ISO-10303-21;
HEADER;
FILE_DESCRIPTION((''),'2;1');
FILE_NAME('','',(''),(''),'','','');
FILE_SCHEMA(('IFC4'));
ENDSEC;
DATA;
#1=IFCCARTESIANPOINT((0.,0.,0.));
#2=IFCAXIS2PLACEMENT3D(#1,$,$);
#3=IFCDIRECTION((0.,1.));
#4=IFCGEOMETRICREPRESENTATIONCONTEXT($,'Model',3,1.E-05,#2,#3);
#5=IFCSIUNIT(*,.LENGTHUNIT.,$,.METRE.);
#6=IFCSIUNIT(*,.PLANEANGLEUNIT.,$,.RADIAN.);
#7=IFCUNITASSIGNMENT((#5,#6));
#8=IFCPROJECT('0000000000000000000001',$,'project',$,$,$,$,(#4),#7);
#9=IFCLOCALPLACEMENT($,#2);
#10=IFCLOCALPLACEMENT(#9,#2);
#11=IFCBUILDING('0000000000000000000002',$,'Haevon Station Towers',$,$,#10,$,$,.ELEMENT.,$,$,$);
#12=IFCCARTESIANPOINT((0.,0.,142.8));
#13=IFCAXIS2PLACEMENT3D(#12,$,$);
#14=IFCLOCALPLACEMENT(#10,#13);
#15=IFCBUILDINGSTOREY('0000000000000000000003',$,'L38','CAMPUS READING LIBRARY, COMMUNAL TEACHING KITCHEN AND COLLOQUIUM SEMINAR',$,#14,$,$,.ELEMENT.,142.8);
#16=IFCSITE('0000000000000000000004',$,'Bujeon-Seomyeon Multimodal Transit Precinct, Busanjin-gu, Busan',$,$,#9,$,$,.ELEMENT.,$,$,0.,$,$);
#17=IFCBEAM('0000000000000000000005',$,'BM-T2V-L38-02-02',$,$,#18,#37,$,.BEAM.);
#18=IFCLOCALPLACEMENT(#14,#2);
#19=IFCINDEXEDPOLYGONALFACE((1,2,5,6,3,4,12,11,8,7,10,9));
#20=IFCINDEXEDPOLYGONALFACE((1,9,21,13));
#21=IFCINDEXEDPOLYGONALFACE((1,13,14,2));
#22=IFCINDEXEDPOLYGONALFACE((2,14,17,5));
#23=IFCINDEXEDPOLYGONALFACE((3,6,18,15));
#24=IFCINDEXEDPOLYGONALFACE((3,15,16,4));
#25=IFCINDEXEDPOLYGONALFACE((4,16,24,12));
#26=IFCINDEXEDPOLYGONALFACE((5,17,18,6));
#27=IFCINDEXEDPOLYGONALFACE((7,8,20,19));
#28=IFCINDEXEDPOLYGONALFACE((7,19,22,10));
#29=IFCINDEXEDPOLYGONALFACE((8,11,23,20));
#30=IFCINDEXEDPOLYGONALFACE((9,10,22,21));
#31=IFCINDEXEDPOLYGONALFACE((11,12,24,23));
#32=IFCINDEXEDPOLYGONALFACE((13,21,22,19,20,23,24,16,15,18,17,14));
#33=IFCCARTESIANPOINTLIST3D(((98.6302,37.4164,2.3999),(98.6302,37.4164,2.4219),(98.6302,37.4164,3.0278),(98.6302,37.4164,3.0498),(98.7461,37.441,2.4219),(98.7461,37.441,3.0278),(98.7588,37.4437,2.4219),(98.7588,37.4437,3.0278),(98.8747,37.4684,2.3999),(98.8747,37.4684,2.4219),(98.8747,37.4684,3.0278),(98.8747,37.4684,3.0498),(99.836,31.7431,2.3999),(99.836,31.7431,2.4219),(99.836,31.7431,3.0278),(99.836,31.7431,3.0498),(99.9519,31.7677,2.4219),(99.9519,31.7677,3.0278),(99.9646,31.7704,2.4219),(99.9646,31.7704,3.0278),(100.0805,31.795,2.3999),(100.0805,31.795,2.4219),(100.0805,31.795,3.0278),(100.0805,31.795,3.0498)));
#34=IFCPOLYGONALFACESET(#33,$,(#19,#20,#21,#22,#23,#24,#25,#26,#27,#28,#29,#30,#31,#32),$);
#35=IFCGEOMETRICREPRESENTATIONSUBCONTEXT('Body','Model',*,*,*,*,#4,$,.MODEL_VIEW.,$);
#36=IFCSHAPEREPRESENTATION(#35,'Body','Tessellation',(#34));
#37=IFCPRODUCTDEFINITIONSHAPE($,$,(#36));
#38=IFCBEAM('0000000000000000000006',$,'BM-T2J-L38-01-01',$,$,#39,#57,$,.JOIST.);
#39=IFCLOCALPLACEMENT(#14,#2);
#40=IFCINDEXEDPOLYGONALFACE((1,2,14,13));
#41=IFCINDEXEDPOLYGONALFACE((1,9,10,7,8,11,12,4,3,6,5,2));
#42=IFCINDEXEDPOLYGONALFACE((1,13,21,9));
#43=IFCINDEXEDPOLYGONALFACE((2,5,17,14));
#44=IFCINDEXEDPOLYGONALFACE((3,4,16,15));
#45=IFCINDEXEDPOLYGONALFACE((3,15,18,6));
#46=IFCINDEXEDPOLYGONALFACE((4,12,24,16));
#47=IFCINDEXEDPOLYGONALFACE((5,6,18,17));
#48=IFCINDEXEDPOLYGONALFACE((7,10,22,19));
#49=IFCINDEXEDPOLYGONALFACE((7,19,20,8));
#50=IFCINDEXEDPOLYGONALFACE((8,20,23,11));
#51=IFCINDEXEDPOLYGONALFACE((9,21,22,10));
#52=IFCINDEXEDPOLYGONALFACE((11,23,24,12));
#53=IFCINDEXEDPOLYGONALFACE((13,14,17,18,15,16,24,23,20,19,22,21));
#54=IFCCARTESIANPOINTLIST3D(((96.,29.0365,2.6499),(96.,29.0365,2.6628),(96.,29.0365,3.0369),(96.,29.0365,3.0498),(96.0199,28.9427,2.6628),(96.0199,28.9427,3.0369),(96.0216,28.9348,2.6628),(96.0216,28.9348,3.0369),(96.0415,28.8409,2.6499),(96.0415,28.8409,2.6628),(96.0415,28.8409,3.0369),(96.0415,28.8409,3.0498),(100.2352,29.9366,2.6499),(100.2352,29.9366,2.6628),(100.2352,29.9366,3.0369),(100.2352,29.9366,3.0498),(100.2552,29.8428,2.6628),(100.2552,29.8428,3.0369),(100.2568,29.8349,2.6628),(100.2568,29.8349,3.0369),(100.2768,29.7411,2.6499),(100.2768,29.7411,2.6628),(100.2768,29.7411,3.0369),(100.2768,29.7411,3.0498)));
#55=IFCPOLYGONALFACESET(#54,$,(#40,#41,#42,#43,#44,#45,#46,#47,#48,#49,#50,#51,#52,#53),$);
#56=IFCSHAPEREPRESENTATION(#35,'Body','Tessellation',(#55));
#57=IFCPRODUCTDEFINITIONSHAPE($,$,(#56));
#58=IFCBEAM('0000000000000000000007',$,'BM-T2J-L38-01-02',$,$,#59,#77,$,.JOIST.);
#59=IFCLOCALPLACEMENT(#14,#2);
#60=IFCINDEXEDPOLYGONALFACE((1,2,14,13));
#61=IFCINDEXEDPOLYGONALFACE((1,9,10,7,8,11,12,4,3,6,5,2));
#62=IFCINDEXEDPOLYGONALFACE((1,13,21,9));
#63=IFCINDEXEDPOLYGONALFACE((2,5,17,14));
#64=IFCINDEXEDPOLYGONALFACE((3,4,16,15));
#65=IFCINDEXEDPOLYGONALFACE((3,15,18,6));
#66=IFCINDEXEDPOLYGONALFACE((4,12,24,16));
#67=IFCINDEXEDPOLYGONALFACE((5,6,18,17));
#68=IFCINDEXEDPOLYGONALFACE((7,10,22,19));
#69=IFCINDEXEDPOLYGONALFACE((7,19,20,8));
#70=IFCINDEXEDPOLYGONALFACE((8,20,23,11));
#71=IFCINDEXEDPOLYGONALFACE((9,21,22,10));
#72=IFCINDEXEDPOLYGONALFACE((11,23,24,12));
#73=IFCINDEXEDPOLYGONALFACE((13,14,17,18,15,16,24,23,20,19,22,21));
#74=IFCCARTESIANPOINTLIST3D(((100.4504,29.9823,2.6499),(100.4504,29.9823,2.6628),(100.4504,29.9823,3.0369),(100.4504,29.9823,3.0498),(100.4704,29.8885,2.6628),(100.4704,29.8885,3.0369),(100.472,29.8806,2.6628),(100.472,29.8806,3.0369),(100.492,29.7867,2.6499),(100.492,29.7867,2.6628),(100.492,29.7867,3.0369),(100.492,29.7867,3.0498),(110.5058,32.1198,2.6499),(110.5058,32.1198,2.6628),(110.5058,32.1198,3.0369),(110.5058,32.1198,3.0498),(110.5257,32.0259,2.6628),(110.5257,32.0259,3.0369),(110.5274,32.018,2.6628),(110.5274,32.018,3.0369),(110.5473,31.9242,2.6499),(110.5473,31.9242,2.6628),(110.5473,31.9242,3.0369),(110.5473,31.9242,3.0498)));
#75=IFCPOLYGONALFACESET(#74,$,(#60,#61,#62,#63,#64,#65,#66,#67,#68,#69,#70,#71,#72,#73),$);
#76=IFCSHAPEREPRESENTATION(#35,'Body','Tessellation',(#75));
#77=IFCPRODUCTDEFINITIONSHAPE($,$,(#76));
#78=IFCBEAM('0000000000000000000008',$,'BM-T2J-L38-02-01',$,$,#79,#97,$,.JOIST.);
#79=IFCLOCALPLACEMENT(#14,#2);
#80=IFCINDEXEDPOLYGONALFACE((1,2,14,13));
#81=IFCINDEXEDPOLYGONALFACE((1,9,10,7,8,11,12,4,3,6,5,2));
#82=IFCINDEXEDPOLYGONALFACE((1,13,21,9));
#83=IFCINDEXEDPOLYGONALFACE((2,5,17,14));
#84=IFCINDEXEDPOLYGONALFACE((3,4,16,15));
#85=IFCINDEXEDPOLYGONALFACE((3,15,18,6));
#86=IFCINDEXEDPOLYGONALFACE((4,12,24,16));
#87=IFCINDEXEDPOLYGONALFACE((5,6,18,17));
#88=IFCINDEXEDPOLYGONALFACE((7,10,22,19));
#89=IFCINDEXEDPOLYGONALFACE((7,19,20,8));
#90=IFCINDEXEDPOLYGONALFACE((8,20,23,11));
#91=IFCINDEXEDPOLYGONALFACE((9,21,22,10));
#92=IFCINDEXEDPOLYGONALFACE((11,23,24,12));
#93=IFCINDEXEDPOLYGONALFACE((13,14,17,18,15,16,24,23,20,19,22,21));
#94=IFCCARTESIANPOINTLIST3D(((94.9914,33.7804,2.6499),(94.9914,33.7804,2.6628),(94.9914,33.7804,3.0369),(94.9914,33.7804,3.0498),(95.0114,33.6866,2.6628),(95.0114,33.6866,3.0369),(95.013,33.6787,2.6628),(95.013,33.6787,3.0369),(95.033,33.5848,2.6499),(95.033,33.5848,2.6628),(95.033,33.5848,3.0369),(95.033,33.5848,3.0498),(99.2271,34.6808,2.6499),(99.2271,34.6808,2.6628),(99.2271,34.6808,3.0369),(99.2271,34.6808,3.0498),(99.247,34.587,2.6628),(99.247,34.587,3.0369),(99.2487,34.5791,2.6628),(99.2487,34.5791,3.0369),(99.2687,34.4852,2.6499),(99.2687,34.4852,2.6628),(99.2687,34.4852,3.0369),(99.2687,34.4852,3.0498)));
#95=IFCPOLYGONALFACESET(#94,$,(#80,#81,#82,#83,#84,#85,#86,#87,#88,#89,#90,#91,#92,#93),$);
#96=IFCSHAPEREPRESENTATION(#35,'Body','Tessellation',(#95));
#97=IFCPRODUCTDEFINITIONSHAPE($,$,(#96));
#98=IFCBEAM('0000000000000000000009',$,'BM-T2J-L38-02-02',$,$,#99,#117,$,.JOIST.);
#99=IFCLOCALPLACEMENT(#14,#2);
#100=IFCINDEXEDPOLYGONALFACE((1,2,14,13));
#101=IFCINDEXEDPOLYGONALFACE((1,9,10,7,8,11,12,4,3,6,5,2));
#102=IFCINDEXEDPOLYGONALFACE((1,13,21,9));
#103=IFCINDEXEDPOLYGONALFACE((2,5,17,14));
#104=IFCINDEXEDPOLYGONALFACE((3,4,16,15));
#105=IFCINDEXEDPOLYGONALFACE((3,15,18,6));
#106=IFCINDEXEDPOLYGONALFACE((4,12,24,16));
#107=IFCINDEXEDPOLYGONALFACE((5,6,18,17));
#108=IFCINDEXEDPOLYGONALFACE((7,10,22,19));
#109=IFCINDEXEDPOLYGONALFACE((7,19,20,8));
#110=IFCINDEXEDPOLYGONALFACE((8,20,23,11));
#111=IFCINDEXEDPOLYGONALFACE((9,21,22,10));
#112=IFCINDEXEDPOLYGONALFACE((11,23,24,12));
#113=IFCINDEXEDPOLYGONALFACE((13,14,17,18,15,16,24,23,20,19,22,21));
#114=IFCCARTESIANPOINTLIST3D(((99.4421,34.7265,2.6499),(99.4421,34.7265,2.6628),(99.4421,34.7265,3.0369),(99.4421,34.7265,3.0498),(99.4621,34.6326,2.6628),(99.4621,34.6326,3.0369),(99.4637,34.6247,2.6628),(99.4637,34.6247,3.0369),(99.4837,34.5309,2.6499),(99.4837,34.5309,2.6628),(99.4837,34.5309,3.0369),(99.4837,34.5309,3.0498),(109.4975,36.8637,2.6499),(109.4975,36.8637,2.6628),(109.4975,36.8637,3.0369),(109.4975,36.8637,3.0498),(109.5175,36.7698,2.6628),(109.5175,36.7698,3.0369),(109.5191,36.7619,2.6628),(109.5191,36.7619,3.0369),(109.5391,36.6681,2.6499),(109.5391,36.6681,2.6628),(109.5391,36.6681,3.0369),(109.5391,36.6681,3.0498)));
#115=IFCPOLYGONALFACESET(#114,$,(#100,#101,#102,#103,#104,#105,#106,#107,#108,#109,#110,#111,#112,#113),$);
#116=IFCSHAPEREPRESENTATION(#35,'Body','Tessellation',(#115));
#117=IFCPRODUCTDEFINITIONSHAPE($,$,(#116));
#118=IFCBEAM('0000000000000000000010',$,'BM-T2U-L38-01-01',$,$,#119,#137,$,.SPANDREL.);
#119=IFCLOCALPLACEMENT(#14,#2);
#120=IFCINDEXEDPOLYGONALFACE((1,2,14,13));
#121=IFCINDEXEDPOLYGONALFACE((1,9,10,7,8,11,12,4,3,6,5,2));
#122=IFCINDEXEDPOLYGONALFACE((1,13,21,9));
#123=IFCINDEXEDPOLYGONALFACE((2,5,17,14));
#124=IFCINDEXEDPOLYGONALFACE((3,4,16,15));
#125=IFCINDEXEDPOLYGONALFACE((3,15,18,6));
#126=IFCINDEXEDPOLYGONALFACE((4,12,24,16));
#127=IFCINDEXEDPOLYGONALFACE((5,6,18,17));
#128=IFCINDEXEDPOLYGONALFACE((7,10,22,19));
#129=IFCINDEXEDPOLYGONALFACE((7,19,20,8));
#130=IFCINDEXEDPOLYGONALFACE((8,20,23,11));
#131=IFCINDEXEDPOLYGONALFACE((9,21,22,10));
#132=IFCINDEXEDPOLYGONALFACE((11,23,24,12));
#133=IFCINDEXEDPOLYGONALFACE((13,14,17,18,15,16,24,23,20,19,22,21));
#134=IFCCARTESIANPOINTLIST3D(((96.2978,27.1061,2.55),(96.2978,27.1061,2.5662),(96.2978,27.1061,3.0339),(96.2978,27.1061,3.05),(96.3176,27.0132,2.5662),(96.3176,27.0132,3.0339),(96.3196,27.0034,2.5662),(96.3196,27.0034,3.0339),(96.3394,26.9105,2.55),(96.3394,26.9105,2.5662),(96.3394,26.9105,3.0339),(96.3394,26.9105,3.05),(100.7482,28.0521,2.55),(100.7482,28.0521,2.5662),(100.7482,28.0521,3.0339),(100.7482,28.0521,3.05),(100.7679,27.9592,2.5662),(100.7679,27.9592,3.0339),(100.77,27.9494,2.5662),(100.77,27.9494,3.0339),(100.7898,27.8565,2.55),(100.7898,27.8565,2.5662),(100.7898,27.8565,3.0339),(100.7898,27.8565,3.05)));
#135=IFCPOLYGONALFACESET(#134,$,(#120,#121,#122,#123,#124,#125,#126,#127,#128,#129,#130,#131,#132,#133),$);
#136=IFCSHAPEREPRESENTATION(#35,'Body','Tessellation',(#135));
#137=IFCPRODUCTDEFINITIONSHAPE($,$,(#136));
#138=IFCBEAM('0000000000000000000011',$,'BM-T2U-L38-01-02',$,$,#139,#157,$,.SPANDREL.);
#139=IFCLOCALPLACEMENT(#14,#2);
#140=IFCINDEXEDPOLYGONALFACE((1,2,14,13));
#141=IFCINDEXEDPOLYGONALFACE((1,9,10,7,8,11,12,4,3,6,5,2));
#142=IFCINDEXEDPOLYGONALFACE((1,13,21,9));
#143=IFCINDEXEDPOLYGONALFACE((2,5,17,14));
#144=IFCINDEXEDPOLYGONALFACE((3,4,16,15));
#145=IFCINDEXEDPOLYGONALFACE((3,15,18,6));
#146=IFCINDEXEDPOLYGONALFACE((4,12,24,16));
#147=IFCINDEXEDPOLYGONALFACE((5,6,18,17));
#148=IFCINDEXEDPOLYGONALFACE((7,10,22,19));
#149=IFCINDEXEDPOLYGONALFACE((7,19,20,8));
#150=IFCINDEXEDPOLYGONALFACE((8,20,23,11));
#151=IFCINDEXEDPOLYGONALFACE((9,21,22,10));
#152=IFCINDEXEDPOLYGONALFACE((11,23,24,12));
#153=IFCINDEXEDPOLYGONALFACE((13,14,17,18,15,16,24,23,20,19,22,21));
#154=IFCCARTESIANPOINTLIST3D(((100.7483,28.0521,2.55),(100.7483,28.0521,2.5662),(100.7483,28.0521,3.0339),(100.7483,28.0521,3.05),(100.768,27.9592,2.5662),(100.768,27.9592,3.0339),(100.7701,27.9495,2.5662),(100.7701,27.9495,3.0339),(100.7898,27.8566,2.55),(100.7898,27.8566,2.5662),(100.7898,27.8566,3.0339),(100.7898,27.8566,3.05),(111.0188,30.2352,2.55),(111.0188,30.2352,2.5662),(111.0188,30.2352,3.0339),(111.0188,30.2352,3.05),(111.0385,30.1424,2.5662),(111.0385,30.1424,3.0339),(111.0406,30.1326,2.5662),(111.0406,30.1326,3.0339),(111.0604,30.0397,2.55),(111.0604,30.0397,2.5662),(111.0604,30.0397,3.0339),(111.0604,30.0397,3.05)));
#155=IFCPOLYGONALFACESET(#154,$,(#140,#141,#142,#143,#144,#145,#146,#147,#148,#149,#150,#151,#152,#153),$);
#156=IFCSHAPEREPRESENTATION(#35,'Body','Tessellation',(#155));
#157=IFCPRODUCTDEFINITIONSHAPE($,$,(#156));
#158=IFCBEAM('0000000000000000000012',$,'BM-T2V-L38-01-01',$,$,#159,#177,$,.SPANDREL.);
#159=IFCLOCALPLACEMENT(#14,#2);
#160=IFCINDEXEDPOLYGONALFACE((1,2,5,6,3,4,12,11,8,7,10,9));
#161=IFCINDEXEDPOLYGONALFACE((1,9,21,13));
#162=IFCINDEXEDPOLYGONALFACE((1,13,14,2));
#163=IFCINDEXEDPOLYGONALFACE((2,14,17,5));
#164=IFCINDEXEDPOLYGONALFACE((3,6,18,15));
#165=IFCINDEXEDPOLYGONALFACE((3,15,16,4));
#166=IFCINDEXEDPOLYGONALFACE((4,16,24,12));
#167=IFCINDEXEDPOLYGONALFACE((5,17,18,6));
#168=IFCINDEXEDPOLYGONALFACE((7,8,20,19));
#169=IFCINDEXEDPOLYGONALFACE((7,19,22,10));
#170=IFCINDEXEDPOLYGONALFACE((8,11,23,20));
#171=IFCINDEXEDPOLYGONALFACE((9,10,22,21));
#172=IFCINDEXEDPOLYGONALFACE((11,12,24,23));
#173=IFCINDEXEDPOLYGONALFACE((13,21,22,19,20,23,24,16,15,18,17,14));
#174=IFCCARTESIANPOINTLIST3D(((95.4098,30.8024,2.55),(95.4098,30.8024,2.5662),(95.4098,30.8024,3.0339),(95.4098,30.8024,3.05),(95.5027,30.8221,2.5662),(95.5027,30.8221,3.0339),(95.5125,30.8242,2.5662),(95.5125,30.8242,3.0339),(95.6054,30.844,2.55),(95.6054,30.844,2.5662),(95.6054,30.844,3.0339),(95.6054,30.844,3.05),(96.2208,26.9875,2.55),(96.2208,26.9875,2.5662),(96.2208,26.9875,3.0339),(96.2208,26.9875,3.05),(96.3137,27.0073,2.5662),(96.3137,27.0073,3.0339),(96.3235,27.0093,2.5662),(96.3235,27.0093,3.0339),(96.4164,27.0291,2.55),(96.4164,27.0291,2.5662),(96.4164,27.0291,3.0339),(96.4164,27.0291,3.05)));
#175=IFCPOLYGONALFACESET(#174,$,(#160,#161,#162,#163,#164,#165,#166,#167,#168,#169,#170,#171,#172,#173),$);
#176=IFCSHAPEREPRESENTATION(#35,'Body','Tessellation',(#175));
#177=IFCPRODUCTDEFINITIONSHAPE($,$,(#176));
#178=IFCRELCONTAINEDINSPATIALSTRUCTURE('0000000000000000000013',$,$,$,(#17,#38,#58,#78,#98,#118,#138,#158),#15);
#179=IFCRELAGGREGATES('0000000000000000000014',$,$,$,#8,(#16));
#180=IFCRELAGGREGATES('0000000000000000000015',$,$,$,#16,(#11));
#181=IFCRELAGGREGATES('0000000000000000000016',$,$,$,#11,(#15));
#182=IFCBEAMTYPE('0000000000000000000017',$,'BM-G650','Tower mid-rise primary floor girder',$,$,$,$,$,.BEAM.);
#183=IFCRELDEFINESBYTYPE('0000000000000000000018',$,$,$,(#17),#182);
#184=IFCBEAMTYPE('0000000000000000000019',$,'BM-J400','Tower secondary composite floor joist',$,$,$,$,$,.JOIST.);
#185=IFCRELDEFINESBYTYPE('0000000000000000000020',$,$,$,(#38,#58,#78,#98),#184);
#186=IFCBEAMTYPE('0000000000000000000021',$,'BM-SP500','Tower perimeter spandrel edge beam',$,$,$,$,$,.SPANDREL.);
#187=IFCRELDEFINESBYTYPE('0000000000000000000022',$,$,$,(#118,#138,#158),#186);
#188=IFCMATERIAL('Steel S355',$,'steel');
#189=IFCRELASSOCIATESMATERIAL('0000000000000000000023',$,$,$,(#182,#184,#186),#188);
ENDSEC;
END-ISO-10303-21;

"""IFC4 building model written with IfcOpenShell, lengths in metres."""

from ifc_helpers import new_model, si_unit, direction, frame, origin, origin_2d, place, context, subcontext, project, spatial, i_section, extrude, material, material_profile, profile_set, type_object, element, save


model = new_model("IFC4")

# Units and contexts
model_context = context("Model", 3, precision=1e-05, world=origin(), true_north=direction((0.0, 1.0)))
body_context = subcontext(model_context, "Body", "Model", "MODEL_VIEW")
ifc_project = project(units=[si_unit("LENGTHUNIT", "METRE"), si_unit("PLANEANGLEUNIT", "RADIAN")], contexts=[model_context])

# Site, building, storey
site_placement = place(None, origin())
site = spatial("IfcSite", under=ifc_project, at=site_placement, Name="Bujeon-Seomyeon Multimodal Transit Precinct, Busanjin-gu, Busan", CompositionType="ELEMENT", RefElevation=0.0)
building_placement = place(site_placement, origin())
building = spatial("IfcBuilding", under=site, at=building_placement, Name="Haevon Station Towers", CompositionType="ELEMENT")
storey_placement = place(building_placement, frame((0.0, 0.0, 142.8)))
storey = spatial("IfcBuildingStorey", under=building, at=storey_placement, Name="L38", Description="CAMPUS READING LIBRARY, COMMUNAL TEACHING KITCHEN AND COLLOQUIUM SEMINAR", CompositionType="ELEMENT", Elevation=142.8)

# Shared definitions
ifc_material_1 = material(Name="Steel S355", Category="steel")

# Beams
ifc_material_profile_1 = material_profile(ifc_material_1, i_section(OverallWidth=0.25, OverallDepth=0.6499, WebThickness=0.0129, FlangeThickness=0.022, at=origin_2d()), Name="H-650x250x13x22")
ifc_profile_set_1 = profile_set([ifc_material_profile_1], Name="Steel S355")
beam_type_1 = type_object("IfcBeamType", Name="BM-G650", Description="Tower mid-rise primary floor girder", PredefinedType="BEAM", material=ifc_profile_set_1)
beam_1_placement = place(storey_placement, frame((99.9583, 31.769, 2.7249), z_axis=(-0.207896, 0.978151, 0.0), x_axis=(-0.978151, -0.207896, 0.0)))
element("IfcBeam", 1, at=beam_1_placement, inside=storey, type_object=beam_type_1, Name="BM-T2V-L38-02-02", PredefinedType="BEAM", context=body_context, shape_type="SweptSolid", body=[
    extrude(i_section(OverallWidth=0.25, OverallDepth=0.6499, WebThickness=0.0129, FlangeThickness=0.022, at=origin_2d()), origin(), (0.0, 0.0, 1.0), 5.8),
])
ifc_material_profile_2 = material_profile(ifc_material_1, i_section(OverallWidth=0.2, OverallDepth=0.3999, WebThickness=0.0081, FlangeThickness=0.0129, at=origin_2d()), Name="H-400x200x8x13")
ifc_profile_set_2 = profile_set([ifc_material_profile_2], Name="Steel S355")
beam_type_2 = type_object("IfcBeamType", Name="BM-J400", Description="Tower secondary composite floor joist", PredefinedType="JOIST", material=ifc_profile_set_2)
beam_2_placement = place(storey_placement, frame((96.0208, 28.9387, 2.8499), z_axis=(0.978153, 0.207888, 0.0), x_axis=(-0.207888, 0.978153, 0.0)))
element("IfcBeam", 2, at=beam_2_placement, inside=storey, type_object=beam_type_2, Name="BM-T2J-L38-01-01", PredefinedType="JOIST", context=body_context, shape_type="SweptSolid", body=[
    extrude(i_section(OverallWidth=0.2, OverallDepth=0.3999, WebThickness=0.0081, FlangeThickness=0.0129, at=origin_2d()), origin(), (0.0, 0.0, 1.0), 4.3298),
])
beam_3_placement = place(storey_placement, frame((100.4712, 29.8845, 2.8499), z_axis=(0.978146, 0.207922, 0.0), x_axis=(-0.207922, 0.978146, 0.0)))
element("IfcBeam", 3, at=beam_3_placement, inside=storey, type_object=beam_type_2, Name="BM-T2J-L38-01-02", PredefinedType="JOIST", context=body_context, shape_type="SweptSolid", body=[
    extrude(i_section(OverallWidth=0.2, OverallDepth=0.3999, WebThickness=0.0081, FlangeThickness=0.0129, at=origin_2d()), origin(), (0.0, 0.0, 1.0), 10.28),
])
beam_4_placement = place(storey_placement, frame((95.0122, 33.6826, 2.8499), z_axis=(0.978144, 0.207931, 0.0), x_axis=(-0.207931, 0.978144, 0.0)))
element("IfcBeam", 4, at=beam_4_placement, inside=storey, type_object=beam_type_2, Name="BM-T2J-L38-02-01", PredefinedType="JOIST", context=body_context, shape_type="SweptSolid", body=[
    extrude(i_section(OverallWidth=0.2, OverallDepth=0.3999, WebThickness=0.0081, FlangeThickness=0.0129, at=origin_2d()), origin(), (0.0, 0.0, 1.0), 4.3303),
])
beam_5_placement = place(storey_placement, frame((99.4629, 34.6287, 2.8499), z_axis=(0.97815, 0.207899, 0.0), x_axis=(-0.207899, 0.97815, 0.0)))
element("IfcBeam", 5, at=beam_5_placement, inside=storey, type_object=beam_type_2, Name="BM-T2J-L38-02-02", PredefinedType="JOIST", context=body_context, shape_type="SweptSolid", body=[
    extrude(i_section(OverallWidth=0.2, OverallDepth=0.3999, WebThickness=0.0081, FlangeThickness=0.0129, at=origin_2d()), origin(), (0.0, 0.0, 1.0), 10.28),
])
ifc_material_profile_3 = material_profile(ifc_material_1, i_section(OverallWidth=0.2, OverallDepth=0.5, WebThickness=0.01, FlangeThickness=0.0161, at=origin_2d()), Name="H-500x200x10x16")
ifc_profile_set_3 = profile_set([ifc_material_profile_3], Name="Steel S355")
beam_type_3 = type_object("IfcBeamType", Name="BM-SP500", Description="Tower perimeter spandrel edge beam", PredefinedType="SPANDREL", material=ifc_profile_set_3)
beam_6_placement = place(storey_placement, frame((96.3186, 27.0083, 2.8), z_axis=(0.978144, 0.207927, 0.0), x_axis=(-0.207927, 0.978144, 0.0)))
element("IfcBeam", 6, at=beam_6_placement, inside=storey, type_object=beam_type_3, Name="BM-T2U-L38-01-01", PredefinedType="SPANDREL", context=body_context, shape_type="SweptSolid", body=[
    extrude(i_section(OverallWidth=0.2, OverallDepth=0.5, WebThickness=0.01, FlangeThickness=0.0161, at=origin_2d()), origin(), (0.0, 0.0, 1.0), 4.5498),
])
beam_7_placement = place(storey_placement, frame((100.769, 27.9543, 2.8), z_axis=(0.978147, 0.207915, 0.0), x_axis=(-0.207915, 0.978147, 0.0)))
element("IfcBeam", 7, at=beam_7_placement, inside=storey, type_object=beam_type_3, Name="BM-T2U-L38-01-02", PredefinedType="SPANDREL", context=body_context, shape_type="SweptSolid", body=[
    extrude(i_section(OverallWidth=0.2, OverallDepth=0.5, WebThickness=0.01, FlangeThickness=0.0161, at=origin_2d()), origin(), (0.0, 0.0, 1.0), 10.5),
])
beam_8_placement = place(storey_placement, frame((96.3186, 27.0083, 2.8), z_axis=(-0.207947, 0.97814, 0.0), x_axis=(-0.97814, -0.207947, 0.0)))
element("IfcBeam", 8, at=beam_8_placement, inside=storey, type_object=beam_type_3, Name="BM-T2V-L38-01-01", PredefinedType="SPANDREL", context=body_context, shape_type="SweptSolid", body=[
    extrude(i_section(OverallWidth=0.2, OverallDepth=0.5, WebThickness=0.01, FlangeThickness=0.0161, at=origin_2d()), origin(), (0.0, 0.0, 1.0), 3.9001),
])

save(model, "model.ifc")
